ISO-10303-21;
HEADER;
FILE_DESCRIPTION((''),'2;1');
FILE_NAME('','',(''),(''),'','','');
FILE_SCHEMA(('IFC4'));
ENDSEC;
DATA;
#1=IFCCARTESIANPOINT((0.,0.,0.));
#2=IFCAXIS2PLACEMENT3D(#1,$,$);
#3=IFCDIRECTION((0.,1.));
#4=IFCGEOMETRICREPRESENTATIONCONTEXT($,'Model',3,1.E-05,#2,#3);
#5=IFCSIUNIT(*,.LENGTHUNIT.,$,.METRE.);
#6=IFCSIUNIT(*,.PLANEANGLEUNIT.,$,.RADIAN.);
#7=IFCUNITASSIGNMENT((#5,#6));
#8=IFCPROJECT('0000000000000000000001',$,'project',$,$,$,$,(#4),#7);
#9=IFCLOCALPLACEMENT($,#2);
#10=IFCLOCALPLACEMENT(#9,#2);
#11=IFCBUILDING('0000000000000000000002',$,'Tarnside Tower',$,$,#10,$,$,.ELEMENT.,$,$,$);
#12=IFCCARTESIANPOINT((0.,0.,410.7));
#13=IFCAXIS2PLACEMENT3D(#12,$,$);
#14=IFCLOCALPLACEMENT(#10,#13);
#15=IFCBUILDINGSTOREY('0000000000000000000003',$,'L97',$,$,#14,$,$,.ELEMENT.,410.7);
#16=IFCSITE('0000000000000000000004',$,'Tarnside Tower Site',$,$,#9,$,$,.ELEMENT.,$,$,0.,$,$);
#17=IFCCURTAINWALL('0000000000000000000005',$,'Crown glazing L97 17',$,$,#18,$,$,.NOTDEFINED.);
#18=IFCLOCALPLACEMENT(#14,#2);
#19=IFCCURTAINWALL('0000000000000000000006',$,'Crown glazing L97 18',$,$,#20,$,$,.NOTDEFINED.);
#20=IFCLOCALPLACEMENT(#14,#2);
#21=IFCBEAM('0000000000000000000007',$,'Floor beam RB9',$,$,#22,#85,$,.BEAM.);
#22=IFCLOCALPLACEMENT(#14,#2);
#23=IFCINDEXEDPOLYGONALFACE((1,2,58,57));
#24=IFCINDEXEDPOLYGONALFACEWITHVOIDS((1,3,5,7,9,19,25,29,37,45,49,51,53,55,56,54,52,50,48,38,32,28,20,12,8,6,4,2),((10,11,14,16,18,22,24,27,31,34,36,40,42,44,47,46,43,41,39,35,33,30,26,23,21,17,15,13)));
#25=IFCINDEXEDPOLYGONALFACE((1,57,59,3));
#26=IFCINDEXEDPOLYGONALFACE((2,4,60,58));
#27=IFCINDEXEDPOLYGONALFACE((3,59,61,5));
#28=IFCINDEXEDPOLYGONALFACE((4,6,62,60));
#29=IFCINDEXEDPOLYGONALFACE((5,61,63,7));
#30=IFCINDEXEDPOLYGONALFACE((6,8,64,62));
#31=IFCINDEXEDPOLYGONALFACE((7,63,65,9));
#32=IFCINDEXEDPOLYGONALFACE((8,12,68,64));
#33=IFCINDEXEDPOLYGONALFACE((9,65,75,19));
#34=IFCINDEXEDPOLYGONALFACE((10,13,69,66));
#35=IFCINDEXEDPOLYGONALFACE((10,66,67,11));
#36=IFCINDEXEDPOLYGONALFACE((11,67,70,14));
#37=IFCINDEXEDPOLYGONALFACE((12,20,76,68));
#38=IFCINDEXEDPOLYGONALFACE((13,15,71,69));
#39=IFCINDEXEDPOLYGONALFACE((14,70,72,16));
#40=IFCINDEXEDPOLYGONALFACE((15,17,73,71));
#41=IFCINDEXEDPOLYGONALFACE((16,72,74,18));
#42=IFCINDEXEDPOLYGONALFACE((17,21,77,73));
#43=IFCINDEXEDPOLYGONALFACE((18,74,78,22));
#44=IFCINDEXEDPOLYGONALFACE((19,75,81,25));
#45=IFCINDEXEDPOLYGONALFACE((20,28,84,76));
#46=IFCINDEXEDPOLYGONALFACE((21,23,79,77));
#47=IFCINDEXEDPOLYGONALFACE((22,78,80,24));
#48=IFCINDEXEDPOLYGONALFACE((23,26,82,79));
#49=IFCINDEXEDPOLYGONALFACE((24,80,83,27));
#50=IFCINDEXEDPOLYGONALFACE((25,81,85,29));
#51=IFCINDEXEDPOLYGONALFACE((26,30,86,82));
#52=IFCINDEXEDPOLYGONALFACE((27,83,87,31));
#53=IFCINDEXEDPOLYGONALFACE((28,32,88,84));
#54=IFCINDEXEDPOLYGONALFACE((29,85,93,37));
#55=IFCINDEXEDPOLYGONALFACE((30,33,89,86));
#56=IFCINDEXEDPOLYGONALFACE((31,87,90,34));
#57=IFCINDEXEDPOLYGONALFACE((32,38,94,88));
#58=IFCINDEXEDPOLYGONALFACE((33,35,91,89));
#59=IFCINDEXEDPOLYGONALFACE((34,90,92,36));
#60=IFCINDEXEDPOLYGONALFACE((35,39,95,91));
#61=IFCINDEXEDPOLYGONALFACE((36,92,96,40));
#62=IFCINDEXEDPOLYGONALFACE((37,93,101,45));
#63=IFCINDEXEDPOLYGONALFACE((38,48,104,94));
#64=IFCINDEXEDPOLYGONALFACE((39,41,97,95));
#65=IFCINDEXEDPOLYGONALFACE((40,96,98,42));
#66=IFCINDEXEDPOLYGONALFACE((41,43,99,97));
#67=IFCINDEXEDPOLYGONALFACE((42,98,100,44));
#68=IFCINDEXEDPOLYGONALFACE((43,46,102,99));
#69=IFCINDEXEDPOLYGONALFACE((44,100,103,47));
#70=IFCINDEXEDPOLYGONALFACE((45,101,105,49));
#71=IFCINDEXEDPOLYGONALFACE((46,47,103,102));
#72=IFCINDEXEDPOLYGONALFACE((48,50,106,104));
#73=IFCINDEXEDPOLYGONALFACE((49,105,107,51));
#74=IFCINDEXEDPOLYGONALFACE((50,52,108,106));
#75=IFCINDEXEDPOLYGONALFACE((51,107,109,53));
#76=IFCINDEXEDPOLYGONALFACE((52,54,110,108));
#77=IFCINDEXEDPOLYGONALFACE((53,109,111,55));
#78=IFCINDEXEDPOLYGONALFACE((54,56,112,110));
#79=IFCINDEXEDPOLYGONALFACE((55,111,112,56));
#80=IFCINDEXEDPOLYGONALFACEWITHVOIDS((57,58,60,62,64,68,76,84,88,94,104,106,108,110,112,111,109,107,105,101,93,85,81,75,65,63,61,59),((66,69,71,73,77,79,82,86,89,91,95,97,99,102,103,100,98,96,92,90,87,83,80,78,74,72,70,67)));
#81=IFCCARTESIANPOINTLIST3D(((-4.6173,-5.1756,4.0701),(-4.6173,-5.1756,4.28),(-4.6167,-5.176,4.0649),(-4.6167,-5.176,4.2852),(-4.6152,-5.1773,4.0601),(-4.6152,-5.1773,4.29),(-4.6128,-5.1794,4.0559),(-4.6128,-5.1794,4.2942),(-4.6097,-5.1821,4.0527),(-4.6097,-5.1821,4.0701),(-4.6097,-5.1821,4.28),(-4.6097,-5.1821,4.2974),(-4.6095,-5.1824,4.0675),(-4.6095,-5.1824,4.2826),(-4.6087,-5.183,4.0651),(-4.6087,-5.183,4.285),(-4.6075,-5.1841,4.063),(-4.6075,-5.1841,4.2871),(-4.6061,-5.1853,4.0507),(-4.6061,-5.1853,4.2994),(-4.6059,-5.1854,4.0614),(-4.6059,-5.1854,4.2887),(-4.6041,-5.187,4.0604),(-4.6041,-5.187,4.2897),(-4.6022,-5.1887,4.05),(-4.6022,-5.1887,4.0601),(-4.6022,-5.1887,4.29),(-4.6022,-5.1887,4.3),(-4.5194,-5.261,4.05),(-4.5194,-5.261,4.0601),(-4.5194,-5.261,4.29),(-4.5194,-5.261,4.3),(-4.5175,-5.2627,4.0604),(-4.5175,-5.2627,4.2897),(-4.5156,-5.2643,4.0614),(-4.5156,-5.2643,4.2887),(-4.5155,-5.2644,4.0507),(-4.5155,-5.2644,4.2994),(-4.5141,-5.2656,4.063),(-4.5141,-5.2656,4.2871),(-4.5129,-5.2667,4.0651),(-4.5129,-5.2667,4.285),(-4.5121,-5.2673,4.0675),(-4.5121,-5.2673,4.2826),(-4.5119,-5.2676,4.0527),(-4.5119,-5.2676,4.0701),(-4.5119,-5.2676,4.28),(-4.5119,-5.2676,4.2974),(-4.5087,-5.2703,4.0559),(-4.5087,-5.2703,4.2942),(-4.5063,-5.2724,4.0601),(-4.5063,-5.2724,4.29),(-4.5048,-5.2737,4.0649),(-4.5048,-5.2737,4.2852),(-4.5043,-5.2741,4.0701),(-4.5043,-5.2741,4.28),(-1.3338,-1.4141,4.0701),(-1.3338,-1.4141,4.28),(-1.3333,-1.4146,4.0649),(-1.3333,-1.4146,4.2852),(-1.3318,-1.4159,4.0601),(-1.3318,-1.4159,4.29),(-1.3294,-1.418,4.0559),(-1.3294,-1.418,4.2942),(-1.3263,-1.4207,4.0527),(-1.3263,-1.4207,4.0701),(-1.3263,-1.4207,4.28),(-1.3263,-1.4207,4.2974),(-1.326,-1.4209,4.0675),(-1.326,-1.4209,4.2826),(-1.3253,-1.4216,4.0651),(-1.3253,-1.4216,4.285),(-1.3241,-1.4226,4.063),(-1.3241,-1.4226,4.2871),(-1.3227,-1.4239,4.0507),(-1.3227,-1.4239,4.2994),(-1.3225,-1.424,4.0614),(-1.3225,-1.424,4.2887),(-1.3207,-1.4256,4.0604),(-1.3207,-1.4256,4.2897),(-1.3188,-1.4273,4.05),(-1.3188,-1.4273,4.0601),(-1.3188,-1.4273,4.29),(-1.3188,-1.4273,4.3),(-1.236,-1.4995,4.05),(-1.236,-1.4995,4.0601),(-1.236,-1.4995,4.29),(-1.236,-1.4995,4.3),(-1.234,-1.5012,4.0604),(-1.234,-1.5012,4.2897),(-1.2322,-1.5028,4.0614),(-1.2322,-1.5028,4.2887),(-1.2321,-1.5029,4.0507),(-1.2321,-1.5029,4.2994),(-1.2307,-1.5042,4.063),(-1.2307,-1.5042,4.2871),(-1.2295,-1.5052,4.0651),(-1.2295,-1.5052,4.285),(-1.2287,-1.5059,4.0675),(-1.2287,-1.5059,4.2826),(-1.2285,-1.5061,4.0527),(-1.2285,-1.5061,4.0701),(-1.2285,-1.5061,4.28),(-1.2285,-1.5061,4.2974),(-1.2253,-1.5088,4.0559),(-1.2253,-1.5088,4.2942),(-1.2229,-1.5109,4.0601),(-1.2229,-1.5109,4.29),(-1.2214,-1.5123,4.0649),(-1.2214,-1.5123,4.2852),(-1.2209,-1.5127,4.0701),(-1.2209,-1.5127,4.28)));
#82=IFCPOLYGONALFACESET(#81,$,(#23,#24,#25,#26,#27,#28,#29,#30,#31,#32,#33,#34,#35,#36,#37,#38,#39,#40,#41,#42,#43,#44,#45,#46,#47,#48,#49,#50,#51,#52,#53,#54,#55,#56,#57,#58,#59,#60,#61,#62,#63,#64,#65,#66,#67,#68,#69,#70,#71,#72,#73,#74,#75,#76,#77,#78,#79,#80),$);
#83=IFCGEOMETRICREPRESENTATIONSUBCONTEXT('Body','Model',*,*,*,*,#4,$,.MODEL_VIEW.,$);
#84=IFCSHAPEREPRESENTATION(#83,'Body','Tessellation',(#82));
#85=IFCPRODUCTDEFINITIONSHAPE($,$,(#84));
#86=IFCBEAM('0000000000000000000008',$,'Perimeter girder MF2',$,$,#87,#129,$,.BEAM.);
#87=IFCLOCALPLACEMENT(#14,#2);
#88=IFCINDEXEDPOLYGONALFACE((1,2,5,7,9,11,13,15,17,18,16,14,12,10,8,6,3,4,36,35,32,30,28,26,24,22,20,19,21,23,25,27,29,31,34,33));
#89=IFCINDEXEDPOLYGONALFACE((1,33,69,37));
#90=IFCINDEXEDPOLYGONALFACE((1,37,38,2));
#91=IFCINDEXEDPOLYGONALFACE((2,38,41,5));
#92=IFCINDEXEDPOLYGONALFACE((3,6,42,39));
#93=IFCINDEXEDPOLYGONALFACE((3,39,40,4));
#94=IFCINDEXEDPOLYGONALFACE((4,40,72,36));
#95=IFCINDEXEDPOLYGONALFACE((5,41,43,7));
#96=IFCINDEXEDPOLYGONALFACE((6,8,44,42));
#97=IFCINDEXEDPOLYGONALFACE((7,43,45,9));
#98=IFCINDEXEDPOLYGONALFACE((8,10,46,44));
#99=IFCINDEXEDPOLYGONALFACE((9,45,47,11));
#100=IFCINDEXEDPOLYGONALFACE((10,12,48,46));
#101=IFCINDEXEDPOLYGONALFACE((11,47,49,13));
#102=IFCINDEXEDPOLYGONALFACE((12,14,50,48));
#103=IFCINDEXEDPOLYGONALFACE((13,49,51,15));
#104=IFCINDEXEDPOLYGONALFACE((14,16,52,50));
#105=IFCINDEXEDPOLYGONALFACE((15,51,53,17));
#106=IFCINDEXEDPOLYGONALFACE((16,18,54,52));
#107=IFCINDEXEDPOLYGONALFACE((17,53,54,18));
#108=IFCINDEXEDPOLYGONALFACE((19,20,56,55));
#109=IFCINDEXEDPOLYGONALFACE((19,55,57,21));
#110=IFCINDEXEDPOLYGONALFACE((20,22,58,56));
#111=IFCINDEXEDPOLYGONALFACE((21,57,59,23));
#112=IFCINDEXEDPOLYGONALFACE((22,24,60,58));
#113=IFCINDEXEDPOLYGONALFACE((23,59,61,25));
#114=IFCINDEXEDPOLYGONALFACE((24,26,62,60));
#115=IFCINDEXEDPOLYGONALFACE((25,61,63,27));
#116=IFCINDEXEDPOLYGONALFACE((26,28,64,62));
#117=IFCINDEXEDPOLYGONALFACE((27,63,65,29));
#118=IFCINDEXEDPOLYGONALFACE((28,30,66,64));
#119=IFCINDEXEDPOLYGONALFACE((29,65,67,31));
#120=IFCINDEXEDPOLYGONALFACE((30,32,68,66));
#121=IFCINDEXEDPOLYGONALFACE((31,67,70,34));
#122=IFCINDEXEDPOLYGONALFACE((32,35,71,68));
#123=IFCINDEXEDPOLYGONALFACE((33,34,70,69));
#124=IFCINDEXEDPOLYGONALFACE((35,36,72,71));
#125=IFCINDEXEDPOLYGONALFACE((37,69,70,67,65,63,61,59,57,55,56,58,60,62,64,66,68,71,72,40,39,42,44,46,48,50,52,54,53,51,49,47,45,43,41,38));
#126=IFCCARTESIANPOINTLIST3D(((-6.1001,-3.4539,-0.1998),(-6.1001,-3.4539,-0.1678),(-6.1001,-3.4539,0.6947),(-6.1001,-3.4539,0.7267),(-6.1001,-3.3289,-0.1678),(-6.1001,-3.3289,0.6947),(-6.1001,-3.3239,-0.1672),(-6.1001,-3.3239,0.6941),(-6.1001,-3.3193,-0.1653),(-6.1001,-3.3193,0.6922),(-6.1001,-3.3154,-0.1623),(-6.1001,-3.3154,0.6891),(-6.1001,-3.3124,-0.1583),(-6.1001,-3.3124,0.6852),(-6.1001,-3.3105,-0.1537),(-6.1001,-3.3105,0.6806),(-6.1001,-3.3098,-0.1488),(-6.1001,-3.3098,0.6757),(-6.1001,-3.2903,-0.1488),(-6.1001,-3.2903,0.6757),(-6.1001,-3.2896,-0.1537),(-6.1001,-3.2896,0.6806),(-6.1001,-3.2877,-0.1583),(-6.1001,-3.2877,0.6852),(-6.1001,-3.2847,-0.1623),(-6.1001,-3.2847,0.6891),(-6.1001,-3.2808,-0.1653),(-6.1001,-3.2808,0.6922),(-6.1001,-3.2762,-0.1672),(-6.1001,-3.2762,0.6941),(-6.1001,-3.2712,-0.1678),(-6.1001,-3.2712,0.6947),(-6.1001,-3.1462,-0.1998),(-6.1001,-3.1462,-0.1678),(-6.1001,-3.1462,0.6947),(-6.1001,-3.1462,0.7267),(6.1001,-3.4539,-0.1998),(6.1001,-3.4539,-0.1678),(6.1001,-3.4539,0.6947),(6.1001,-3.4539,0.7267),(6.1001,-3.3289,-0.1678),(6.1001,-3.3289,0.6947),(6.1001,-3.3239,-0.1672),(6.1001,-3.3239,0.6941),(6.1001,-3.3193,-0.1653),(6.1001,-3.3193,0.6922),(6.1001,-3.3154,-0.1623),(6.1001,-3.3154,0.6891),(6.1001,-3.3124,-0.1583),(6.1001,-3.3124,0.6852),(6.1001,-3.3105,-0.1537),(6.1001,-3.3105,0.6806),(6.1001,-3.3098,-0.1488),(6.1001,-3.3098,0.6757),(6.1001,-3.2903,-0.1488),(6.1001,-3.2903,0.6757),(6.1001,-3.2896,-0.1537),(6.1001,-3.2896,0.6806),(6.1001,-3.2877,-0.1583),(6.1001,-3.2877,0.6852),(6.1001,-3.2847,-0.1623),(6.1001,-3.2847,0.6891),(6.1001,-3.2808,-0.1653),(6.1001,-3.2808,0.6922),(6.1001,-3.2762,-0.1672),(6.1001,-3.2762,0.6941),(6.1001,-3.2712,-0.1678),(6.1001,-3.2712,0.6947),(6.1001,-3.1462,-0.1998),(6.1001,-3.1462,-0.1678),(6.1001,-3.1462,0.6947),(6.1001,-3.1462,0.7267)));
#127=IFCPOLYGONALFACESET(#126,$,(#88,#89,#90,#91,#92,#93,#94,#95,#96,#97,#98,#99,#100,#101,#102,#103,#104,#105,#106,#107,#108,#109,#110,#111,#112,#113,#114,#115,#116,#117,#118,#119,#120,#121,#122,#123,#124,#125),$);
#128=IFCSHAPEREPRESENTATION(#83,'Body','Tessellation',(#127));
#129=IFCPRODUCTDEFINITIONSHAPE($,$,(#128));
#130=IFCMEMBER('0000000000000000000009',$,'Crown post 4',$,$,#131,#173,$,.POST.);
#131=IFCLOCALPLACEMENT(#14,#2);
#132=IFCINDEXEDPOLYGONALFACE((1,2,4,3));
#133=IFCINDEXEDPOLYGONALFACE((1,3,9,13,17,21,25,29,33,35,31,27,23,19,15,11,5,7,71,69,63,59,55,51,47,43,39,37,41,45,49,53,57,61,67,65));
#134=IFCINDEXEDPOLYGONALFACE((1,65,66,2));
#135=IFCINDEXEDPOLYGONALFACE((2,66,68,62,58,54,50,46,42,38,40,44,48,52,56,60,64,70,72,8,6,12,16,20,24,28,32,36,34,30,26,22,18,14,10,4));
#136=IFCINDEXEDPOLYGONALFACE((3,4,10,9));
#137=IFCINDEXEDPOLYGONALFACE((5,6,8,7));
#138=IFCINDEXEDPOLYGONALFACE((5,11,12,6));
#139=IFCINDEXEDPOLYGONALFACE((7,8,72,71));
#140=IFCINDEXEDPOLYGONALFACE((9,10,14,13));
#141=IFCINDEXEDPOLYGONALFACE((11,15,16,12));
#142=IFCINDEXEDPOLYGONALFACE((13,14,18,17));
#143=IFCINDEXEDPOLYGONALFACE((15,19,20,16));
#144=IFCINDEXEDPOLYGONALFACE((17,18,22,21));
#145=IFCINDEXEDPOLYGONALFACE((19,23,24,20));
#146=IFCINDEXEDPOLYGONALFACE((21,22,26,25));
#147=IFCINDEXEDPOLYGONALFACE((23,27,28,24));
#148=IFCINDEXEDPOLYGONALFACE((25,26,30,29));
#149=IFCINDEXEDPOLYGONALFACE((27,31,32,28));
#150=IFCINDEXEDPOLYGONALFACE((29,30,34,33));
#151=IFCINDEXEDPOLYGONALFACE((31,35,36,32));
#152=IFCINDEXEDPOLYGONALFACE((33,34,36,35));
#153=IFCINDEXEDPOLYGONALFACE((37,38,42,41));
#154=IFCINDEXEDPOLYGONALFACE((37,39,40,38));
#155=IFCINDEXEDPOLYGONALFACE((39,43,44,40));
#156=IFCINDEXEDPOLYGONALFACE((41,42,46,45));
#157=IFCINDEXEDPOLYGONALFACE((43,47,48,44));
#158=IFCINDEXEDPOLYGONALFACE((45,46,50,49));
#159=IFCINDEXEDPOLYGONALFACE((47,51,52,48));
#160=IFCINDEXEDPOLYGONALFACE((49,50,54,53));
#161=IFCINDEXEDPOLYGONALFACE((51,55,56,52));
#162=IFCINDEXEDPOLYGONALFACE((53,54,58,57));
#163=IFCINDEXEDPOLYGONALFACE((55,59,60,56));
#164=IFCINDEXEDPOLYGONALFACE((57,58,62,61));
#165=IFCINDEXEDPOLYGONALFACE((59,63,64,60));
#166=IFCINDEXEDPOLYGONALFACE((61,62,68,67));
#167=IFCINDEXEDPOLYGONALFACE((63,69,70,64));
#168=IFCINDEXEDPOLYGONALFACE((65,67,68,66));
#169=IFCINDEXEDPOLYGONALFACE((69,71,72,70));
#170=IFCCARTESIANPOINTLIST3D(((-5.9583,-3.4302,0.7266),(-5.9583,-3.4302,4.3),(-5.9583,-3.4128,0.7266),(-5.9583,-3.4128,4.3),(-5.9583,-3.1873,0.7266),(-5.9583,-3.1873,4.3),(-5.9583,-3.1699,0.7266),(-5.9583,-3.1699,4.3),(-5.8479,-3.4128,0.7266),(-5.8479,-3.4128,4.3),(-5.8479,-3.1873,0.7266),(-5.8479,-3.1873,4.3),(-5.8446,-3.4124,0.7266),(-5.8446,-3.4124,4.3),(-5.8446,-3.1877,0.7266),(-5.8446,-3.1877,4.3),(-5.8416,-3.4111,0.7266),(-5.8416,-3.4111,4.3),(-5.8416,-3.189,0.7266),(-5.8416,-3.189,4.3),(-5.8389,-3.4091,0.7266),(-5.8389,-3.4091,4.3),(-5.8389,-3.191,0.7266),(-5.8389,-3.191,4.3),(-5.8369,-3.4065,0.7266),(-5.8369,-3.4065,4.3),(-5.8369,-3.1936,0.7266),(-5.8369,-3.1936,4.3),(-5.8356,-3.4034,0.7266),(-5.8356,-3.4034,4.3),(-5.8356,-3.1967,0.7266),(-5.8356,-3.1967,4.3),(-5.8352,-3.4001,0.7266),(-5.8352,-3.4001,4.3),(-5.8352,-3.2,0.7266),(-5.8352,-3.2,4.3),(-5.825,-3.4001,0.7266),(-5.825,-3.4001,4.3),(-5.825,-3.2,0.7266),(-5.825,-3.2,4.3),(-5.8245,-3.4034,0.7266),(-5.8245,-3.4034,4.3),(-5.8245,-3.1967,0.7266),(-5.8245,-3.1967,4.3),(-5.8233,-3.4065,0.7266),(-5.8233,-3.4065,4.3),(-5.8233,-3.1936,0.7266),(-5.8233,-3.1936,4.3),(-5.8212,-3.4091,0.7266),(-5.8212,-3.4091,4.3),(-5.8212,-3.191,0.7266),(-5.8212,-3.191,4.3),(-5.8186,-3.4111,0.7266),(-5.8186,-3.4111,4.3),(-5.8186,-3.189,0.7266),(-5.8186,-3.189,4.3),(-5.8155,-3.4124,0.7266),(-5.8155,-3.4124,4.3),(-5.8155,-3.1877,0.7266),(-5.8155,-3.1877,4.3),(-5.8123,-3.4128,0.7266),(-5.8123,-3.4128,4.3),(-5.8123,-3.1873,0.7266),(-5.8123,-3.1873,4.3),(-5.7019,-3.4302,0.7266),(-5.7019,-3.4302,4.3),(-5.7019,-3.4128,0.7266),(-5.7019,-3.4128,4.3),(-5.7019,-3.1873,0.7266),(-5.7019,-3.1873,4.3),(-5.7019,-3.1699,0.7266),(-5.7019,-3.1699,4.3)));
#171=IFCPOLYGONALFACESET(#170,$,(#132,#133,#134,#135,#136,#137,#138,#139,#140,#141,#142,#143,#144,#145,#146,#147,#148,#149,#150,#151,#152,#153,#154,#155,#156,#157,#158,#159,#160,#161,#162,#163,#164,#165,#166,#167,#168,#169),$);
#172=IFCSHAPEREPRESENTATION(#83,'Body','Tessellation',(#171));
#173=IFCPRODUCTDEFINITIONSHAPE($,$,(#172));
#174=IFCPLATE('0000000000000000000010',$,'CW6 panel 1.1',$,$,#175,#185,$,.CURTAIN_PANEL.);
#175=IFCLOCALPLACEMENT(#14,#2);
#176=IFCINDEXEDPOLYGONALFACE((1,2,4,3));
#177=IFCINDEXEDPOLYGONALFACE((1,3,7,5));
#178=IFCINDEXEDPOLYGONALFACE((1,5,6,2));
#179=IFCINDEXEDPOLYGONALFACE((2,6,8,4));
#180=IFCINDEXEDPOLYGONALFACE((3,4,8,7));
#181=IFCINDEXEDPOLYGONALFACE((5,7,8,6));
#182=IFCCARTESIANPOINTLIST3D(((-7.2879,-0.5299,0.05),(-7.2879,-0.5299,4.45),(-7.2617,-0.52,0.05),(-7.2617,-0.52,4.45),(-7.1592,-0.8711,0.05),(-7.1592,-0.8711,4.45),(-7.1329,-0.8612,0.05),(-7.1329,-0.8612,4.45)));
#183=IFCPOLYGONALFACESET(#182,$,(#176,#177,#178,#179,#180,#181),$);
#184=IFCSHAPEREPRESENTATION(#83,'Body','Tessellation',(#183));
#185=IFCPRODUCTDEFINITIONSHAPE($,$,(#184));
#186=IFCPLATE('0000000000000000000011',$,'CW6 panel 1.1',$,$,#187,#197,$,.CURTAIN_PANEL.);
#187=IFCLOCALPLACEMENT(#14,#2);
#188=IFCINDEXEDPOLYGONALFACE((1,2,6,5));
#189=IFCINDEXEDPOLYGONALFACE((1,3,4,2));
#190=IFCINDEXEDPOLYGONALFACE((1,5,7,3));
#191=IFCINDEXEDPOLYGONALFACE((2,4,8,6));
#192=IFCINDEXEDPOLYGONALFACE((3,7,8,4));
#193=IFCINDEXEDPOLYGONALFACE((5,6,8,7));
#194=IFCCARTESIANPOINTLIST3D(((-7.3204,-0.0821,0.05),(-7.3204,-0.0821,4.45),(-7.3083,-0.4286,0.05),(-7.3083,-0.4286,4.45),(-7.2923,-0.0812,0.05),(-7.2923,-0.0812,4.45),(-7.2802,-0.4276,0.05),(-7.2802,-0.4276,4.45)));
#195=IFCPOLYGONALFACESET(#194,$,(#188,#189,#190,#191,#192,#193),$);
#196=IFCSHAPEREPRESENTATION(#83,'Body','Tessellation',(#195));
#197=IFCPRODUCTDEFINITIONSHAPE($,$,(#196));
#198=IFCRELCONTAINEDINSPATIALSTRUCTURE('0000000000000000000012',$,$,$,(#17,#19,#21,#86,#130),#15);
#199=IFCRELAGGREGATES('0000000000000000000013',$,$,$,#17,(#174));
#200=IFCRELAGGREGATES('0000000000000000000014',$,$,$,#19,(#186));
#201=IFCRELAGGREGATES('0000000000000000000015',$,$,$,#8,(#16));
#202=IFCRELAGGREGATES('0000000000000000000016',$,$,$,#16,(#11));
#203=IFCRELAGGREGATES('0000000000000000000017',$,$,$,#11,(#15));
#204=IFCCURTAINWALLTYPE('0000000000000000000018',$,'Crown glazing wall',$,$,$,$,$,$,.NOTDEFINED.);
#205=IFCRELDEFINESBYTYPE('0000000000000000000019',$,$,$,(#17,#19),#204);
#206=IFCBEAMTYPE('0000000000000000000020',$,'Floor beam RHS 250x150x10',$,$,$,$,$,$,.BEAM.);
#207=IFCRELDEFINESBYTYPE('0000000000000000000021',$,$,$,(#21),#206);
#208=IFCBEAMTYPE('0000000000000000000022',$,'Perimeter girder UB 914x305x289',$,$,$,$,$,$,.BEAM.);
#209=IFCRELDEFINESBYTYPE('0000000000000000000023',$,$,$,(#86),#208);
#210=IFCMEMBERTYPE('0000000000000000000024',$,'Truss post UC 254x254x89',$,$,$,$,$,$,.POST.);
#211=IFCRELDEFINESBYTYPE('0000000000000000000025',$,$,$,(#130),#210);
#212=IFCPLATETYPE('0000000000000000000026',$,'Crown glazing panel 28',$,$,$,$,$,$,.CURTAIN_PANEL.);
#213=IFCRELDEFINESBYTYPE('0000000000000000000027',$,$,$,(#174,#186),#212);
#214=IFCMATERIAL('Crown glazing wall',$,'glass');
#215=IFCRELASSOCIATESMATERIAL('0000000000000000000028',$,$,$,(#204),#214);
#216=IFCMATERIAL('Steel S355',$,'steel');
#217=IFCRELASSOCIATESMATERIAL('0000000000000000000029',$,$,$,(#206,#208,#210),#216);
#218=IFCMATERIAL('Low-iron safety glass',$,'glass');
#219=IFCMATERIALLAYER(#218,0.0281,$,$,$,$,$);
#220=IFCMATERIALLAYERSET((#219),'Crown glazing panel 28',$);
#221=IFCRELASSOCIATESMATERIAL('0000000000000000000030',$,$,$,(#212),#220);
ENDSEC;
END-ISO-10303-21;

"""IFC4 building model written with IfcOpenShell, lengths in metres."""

from ifc_helpers import new_model, si_unit, direction, frame, origin, origin_2d, place, context, subcontext, project, spatial, rectangle, hollow_rectangle, i_section, extrude, material, layer, layer_set, material_profile, profile_set, type_object, element, aggregate, save


model = new_model("IFC4")

# Units and contexts
model_context = context("Model", 3, precision=1e-05, world=origin(), true_north=direction((0.0, 1.0)))
body_context = subcontext(model_context, "Body", "Model", "MODEL_VIEW")
ifc_project = project(units=[si_unit("LENGTHUNIT", "METRE"), si_unit("PLANEANGLEUNIT", "RADIAN")], contexts=[model_context])

# Site, building, storey
site_placement = place(None, origin())
site = spatial("IfcSite", under=ifc_project, at=site_placement, Name="Tarnside Tower Site", CompositionType="ELEMENT", RefElevation=0.0)
building_placement = place(site_placement, origin())
building = spatial("IfcBuilding", under=site, at=building_placement, Name="Tarnside Tower", CompositionType="ELEMENT")
storey_placement = place(building_placement, frame((0.0, 0.0, 410.7)))
storey = spatial("IfcBuildingStorey", under=building, at=storey_placement, Name="L97", CompositionType="ELEMENT", Elevation=410.7)

# Curtain walls
ifc_material_1 = material(Name="Crown glazing wall", Category="glass")
curtain_wall_type_1 = type_object("IfcCurtainWallType", Name="Crown glazing wall", PredefinedType="NOTDEFINED", material=ifc_material_1)
curtain_wall_1_placement = place(storey_placement, origin())
curtain_wall_1 = element("IfcCurtainWall", 1, at=curtain_wall_1_placement, inside=storey, type_object=curtain_wall_type_1, Name="Crown glazing L97 17", PredefinedType="NOTDEFINED")
curtain_wall_2_placement = place(storey_placement, origin())
curtain_wall_2 = element("IfcCurtainWall", 2, at=curtain_wall_2_placement, inside=storey, type_object=curtain_wall_type_1, Name="Crown glazing L97 18", PredefinedType="NOTDEFINED")

# Beams
ifc_material_2 = material(Name="Steel S355", Category="steel")
ifc_material_profile_1 = material_profile(ifc_material_2, hollow_rectangle(XDim=0.1499, YDim=0.25, WallThickness=0.01, InnerFilletRadius=0.01, OuterFilletRadius=0.02, at=origin_2d()), Name="RHS 250x150x10")
ifc_profile_set_1 = profile_set([ifc_material_profile_1], Name="Steel S355")
beam_type_1 = type_object("IfcBeamType", Name="Floor beam RHS 250x150x10", PredefinedType="BEAM", material=ifc_profile_set_1)
beam_1_placement = place(storey_placement, frame((-4.5608, -5.2249, 4.175), z_axis=(0.657614, 0.753355, 0.0), x_axis=(-0.753355, 0.657614, 0.0)))
element("IfcBeam", 3, at=beam_1_placement, inside=storey, type_object=beam_type_1, Name="Floor beam RB9", PredefinedType="BEAM", context=body_context, shape_type="SweptSolid", body=[
    extrude(hollow_rectangle(XDim=0.1499, YDim=0.25, WallThickness=0.01, InnerFilletRadius=0.01, OuterFilletRadius=0.02, at=origin_2d()), origin(), (0.0, 0.0, 1.0), 4.9929),
])
ifc_material_profile_2 = material_profile(ifc_material_2, i_section(OverallWidth=0.3076, OverallDepth=0.9265, WebThickness=0.0195, FlangeThickness=0.032, FilletRadius=0.019, at=origin_2d()), Name="UB 914x305x289")
ifc_profile_set_2 = profile_set([ifc_material_profile_2], Name="Steel S355")
beam_type_2 = type_object("IfcBeamType", Name="Perimeter girder UB 914x305x289", PredefinedType="BEAM", material=ifc_profile_set_2)
beam_2_placement = place(storey_placement, frame((-6.1001, -3.3, 0.2634), z_axis=(1.0, 0.0, 0.0), x_axis=(0.0, 1.0, 0.0)))
element("IfcBeam", 4, at=beam_2_placement, inside=storey, type_object=beam_type_2, Name="Perimeter girder MF2", PredefinedType="BEAM", context=body_context, shape_type="SweptSolid", body=[
    extrude(i_section(OverallWidth=0.3076, OverallDepth=0.9265, WebThickness=0.0195, FlangeThickness=0.032, FilletRadius=0.019, at=origin_2d()), origin(), (0.0, 0.0, 1.0), 12.2002),
])

# Member
ifc_material_profile_3 = material_profile(ifc_material_2, i_section(OverallWidth=0.2563, OverallDepth=0.2603, WebThickness=0.0103, FlangeThickness=0.0173, FilletRadius=0.0127, at=origin_2d()), Name="UC 254x254x89")
ifc_profile_set_3 = profile_set([ifc_material_profile_3], Name="Steel S355")
member_type_1 = type_object("IfcMemberType", Name="Truss post UC 254x254x89", PredefinedType="POST", material=ifc_profile_set_3)
member_1_placement = place(storey_placement, frame((-5.8301, -3.3, 0.7266), z_axis=(0.0, 0.0, 1.0), x_axis=(1.0, 0.0, 0.0)))
element("IfcMember", 5, at=member_1_placement, inside=storey, type_object=member_type_1, Name="Crown post 4", PredefinedType="POST", context=body_context, shape_type="SweptSolid", body=[
    extrude(i_section(OverallWidth=0.2563, OverallDepth=0.2603, WebThickness=0.0103, FlangeThickness=0.0173, FilletRadius=0.0127, at=origin_2d()), origin(), (0.0, 0.0, 1.0), 3.5735),
])

# Plates
ifc_material_3 = material(Name="Low-iron safety glass", Category="glass")
ifc_layer_1 = layer(ifc_material_3, 0.0281)
ifc_layer_set_1 = layer_set([ifc_layer_1], Name="Crown glazing panel 28")
plate_type_1 = type_object("IfcPlateType", Name="Crown glazing panel 28", PredefinedType="CURTAIN_PANEL", material=ifc_layer_set_1)
plate_1_placement = place(storey_placement, frame((-7.2104, -0.6956, 0.05), z_axis=(0.0, 0.0, 1.0), x_axis=(-0.352931, 0.93565, 0.0)))
plate_1 = element("IfcPlate", 6, at=plate_1_placement, type_object=plate_type_1, Name="CW6 panel 1.1", PredefinedType="CURTAIN_PANEL", context=body_context, shape_type="SweptSolid", body=[
    extrude(rectangle(XDim=0.3647, YDim=0.0281, at=origin_2d()), origin(), (0.0, 0.0, 1.0), 4.3999),
])
aggregate(curtain_wall_1, [plate_1])
plate_2_placement = place(storey_placement, frame((-7.3003, -0.2549, 0.05), z_axis=(0.0, 0.0, 1.0), x_axis=(-0.034899, 0.999391, 0.0)))
plate_2 = element("IfcPlate", 7, at=plate_2_placement, type_object=plate_type_1, Name="CW6 panel 1.1", PredefinedType="CURTAIN_PANEL", context=body_context, shape_type="SweptSolid", body=[
    extrude(rectangle(XDim=0.3467, YDim=0.0281, at=origin_2d()), origin(), (0.0, 0.0, 1.0), 4.3999),
])
aggregate(curtain_wall_2, [plate_2])

save(model, "model.ifc")
